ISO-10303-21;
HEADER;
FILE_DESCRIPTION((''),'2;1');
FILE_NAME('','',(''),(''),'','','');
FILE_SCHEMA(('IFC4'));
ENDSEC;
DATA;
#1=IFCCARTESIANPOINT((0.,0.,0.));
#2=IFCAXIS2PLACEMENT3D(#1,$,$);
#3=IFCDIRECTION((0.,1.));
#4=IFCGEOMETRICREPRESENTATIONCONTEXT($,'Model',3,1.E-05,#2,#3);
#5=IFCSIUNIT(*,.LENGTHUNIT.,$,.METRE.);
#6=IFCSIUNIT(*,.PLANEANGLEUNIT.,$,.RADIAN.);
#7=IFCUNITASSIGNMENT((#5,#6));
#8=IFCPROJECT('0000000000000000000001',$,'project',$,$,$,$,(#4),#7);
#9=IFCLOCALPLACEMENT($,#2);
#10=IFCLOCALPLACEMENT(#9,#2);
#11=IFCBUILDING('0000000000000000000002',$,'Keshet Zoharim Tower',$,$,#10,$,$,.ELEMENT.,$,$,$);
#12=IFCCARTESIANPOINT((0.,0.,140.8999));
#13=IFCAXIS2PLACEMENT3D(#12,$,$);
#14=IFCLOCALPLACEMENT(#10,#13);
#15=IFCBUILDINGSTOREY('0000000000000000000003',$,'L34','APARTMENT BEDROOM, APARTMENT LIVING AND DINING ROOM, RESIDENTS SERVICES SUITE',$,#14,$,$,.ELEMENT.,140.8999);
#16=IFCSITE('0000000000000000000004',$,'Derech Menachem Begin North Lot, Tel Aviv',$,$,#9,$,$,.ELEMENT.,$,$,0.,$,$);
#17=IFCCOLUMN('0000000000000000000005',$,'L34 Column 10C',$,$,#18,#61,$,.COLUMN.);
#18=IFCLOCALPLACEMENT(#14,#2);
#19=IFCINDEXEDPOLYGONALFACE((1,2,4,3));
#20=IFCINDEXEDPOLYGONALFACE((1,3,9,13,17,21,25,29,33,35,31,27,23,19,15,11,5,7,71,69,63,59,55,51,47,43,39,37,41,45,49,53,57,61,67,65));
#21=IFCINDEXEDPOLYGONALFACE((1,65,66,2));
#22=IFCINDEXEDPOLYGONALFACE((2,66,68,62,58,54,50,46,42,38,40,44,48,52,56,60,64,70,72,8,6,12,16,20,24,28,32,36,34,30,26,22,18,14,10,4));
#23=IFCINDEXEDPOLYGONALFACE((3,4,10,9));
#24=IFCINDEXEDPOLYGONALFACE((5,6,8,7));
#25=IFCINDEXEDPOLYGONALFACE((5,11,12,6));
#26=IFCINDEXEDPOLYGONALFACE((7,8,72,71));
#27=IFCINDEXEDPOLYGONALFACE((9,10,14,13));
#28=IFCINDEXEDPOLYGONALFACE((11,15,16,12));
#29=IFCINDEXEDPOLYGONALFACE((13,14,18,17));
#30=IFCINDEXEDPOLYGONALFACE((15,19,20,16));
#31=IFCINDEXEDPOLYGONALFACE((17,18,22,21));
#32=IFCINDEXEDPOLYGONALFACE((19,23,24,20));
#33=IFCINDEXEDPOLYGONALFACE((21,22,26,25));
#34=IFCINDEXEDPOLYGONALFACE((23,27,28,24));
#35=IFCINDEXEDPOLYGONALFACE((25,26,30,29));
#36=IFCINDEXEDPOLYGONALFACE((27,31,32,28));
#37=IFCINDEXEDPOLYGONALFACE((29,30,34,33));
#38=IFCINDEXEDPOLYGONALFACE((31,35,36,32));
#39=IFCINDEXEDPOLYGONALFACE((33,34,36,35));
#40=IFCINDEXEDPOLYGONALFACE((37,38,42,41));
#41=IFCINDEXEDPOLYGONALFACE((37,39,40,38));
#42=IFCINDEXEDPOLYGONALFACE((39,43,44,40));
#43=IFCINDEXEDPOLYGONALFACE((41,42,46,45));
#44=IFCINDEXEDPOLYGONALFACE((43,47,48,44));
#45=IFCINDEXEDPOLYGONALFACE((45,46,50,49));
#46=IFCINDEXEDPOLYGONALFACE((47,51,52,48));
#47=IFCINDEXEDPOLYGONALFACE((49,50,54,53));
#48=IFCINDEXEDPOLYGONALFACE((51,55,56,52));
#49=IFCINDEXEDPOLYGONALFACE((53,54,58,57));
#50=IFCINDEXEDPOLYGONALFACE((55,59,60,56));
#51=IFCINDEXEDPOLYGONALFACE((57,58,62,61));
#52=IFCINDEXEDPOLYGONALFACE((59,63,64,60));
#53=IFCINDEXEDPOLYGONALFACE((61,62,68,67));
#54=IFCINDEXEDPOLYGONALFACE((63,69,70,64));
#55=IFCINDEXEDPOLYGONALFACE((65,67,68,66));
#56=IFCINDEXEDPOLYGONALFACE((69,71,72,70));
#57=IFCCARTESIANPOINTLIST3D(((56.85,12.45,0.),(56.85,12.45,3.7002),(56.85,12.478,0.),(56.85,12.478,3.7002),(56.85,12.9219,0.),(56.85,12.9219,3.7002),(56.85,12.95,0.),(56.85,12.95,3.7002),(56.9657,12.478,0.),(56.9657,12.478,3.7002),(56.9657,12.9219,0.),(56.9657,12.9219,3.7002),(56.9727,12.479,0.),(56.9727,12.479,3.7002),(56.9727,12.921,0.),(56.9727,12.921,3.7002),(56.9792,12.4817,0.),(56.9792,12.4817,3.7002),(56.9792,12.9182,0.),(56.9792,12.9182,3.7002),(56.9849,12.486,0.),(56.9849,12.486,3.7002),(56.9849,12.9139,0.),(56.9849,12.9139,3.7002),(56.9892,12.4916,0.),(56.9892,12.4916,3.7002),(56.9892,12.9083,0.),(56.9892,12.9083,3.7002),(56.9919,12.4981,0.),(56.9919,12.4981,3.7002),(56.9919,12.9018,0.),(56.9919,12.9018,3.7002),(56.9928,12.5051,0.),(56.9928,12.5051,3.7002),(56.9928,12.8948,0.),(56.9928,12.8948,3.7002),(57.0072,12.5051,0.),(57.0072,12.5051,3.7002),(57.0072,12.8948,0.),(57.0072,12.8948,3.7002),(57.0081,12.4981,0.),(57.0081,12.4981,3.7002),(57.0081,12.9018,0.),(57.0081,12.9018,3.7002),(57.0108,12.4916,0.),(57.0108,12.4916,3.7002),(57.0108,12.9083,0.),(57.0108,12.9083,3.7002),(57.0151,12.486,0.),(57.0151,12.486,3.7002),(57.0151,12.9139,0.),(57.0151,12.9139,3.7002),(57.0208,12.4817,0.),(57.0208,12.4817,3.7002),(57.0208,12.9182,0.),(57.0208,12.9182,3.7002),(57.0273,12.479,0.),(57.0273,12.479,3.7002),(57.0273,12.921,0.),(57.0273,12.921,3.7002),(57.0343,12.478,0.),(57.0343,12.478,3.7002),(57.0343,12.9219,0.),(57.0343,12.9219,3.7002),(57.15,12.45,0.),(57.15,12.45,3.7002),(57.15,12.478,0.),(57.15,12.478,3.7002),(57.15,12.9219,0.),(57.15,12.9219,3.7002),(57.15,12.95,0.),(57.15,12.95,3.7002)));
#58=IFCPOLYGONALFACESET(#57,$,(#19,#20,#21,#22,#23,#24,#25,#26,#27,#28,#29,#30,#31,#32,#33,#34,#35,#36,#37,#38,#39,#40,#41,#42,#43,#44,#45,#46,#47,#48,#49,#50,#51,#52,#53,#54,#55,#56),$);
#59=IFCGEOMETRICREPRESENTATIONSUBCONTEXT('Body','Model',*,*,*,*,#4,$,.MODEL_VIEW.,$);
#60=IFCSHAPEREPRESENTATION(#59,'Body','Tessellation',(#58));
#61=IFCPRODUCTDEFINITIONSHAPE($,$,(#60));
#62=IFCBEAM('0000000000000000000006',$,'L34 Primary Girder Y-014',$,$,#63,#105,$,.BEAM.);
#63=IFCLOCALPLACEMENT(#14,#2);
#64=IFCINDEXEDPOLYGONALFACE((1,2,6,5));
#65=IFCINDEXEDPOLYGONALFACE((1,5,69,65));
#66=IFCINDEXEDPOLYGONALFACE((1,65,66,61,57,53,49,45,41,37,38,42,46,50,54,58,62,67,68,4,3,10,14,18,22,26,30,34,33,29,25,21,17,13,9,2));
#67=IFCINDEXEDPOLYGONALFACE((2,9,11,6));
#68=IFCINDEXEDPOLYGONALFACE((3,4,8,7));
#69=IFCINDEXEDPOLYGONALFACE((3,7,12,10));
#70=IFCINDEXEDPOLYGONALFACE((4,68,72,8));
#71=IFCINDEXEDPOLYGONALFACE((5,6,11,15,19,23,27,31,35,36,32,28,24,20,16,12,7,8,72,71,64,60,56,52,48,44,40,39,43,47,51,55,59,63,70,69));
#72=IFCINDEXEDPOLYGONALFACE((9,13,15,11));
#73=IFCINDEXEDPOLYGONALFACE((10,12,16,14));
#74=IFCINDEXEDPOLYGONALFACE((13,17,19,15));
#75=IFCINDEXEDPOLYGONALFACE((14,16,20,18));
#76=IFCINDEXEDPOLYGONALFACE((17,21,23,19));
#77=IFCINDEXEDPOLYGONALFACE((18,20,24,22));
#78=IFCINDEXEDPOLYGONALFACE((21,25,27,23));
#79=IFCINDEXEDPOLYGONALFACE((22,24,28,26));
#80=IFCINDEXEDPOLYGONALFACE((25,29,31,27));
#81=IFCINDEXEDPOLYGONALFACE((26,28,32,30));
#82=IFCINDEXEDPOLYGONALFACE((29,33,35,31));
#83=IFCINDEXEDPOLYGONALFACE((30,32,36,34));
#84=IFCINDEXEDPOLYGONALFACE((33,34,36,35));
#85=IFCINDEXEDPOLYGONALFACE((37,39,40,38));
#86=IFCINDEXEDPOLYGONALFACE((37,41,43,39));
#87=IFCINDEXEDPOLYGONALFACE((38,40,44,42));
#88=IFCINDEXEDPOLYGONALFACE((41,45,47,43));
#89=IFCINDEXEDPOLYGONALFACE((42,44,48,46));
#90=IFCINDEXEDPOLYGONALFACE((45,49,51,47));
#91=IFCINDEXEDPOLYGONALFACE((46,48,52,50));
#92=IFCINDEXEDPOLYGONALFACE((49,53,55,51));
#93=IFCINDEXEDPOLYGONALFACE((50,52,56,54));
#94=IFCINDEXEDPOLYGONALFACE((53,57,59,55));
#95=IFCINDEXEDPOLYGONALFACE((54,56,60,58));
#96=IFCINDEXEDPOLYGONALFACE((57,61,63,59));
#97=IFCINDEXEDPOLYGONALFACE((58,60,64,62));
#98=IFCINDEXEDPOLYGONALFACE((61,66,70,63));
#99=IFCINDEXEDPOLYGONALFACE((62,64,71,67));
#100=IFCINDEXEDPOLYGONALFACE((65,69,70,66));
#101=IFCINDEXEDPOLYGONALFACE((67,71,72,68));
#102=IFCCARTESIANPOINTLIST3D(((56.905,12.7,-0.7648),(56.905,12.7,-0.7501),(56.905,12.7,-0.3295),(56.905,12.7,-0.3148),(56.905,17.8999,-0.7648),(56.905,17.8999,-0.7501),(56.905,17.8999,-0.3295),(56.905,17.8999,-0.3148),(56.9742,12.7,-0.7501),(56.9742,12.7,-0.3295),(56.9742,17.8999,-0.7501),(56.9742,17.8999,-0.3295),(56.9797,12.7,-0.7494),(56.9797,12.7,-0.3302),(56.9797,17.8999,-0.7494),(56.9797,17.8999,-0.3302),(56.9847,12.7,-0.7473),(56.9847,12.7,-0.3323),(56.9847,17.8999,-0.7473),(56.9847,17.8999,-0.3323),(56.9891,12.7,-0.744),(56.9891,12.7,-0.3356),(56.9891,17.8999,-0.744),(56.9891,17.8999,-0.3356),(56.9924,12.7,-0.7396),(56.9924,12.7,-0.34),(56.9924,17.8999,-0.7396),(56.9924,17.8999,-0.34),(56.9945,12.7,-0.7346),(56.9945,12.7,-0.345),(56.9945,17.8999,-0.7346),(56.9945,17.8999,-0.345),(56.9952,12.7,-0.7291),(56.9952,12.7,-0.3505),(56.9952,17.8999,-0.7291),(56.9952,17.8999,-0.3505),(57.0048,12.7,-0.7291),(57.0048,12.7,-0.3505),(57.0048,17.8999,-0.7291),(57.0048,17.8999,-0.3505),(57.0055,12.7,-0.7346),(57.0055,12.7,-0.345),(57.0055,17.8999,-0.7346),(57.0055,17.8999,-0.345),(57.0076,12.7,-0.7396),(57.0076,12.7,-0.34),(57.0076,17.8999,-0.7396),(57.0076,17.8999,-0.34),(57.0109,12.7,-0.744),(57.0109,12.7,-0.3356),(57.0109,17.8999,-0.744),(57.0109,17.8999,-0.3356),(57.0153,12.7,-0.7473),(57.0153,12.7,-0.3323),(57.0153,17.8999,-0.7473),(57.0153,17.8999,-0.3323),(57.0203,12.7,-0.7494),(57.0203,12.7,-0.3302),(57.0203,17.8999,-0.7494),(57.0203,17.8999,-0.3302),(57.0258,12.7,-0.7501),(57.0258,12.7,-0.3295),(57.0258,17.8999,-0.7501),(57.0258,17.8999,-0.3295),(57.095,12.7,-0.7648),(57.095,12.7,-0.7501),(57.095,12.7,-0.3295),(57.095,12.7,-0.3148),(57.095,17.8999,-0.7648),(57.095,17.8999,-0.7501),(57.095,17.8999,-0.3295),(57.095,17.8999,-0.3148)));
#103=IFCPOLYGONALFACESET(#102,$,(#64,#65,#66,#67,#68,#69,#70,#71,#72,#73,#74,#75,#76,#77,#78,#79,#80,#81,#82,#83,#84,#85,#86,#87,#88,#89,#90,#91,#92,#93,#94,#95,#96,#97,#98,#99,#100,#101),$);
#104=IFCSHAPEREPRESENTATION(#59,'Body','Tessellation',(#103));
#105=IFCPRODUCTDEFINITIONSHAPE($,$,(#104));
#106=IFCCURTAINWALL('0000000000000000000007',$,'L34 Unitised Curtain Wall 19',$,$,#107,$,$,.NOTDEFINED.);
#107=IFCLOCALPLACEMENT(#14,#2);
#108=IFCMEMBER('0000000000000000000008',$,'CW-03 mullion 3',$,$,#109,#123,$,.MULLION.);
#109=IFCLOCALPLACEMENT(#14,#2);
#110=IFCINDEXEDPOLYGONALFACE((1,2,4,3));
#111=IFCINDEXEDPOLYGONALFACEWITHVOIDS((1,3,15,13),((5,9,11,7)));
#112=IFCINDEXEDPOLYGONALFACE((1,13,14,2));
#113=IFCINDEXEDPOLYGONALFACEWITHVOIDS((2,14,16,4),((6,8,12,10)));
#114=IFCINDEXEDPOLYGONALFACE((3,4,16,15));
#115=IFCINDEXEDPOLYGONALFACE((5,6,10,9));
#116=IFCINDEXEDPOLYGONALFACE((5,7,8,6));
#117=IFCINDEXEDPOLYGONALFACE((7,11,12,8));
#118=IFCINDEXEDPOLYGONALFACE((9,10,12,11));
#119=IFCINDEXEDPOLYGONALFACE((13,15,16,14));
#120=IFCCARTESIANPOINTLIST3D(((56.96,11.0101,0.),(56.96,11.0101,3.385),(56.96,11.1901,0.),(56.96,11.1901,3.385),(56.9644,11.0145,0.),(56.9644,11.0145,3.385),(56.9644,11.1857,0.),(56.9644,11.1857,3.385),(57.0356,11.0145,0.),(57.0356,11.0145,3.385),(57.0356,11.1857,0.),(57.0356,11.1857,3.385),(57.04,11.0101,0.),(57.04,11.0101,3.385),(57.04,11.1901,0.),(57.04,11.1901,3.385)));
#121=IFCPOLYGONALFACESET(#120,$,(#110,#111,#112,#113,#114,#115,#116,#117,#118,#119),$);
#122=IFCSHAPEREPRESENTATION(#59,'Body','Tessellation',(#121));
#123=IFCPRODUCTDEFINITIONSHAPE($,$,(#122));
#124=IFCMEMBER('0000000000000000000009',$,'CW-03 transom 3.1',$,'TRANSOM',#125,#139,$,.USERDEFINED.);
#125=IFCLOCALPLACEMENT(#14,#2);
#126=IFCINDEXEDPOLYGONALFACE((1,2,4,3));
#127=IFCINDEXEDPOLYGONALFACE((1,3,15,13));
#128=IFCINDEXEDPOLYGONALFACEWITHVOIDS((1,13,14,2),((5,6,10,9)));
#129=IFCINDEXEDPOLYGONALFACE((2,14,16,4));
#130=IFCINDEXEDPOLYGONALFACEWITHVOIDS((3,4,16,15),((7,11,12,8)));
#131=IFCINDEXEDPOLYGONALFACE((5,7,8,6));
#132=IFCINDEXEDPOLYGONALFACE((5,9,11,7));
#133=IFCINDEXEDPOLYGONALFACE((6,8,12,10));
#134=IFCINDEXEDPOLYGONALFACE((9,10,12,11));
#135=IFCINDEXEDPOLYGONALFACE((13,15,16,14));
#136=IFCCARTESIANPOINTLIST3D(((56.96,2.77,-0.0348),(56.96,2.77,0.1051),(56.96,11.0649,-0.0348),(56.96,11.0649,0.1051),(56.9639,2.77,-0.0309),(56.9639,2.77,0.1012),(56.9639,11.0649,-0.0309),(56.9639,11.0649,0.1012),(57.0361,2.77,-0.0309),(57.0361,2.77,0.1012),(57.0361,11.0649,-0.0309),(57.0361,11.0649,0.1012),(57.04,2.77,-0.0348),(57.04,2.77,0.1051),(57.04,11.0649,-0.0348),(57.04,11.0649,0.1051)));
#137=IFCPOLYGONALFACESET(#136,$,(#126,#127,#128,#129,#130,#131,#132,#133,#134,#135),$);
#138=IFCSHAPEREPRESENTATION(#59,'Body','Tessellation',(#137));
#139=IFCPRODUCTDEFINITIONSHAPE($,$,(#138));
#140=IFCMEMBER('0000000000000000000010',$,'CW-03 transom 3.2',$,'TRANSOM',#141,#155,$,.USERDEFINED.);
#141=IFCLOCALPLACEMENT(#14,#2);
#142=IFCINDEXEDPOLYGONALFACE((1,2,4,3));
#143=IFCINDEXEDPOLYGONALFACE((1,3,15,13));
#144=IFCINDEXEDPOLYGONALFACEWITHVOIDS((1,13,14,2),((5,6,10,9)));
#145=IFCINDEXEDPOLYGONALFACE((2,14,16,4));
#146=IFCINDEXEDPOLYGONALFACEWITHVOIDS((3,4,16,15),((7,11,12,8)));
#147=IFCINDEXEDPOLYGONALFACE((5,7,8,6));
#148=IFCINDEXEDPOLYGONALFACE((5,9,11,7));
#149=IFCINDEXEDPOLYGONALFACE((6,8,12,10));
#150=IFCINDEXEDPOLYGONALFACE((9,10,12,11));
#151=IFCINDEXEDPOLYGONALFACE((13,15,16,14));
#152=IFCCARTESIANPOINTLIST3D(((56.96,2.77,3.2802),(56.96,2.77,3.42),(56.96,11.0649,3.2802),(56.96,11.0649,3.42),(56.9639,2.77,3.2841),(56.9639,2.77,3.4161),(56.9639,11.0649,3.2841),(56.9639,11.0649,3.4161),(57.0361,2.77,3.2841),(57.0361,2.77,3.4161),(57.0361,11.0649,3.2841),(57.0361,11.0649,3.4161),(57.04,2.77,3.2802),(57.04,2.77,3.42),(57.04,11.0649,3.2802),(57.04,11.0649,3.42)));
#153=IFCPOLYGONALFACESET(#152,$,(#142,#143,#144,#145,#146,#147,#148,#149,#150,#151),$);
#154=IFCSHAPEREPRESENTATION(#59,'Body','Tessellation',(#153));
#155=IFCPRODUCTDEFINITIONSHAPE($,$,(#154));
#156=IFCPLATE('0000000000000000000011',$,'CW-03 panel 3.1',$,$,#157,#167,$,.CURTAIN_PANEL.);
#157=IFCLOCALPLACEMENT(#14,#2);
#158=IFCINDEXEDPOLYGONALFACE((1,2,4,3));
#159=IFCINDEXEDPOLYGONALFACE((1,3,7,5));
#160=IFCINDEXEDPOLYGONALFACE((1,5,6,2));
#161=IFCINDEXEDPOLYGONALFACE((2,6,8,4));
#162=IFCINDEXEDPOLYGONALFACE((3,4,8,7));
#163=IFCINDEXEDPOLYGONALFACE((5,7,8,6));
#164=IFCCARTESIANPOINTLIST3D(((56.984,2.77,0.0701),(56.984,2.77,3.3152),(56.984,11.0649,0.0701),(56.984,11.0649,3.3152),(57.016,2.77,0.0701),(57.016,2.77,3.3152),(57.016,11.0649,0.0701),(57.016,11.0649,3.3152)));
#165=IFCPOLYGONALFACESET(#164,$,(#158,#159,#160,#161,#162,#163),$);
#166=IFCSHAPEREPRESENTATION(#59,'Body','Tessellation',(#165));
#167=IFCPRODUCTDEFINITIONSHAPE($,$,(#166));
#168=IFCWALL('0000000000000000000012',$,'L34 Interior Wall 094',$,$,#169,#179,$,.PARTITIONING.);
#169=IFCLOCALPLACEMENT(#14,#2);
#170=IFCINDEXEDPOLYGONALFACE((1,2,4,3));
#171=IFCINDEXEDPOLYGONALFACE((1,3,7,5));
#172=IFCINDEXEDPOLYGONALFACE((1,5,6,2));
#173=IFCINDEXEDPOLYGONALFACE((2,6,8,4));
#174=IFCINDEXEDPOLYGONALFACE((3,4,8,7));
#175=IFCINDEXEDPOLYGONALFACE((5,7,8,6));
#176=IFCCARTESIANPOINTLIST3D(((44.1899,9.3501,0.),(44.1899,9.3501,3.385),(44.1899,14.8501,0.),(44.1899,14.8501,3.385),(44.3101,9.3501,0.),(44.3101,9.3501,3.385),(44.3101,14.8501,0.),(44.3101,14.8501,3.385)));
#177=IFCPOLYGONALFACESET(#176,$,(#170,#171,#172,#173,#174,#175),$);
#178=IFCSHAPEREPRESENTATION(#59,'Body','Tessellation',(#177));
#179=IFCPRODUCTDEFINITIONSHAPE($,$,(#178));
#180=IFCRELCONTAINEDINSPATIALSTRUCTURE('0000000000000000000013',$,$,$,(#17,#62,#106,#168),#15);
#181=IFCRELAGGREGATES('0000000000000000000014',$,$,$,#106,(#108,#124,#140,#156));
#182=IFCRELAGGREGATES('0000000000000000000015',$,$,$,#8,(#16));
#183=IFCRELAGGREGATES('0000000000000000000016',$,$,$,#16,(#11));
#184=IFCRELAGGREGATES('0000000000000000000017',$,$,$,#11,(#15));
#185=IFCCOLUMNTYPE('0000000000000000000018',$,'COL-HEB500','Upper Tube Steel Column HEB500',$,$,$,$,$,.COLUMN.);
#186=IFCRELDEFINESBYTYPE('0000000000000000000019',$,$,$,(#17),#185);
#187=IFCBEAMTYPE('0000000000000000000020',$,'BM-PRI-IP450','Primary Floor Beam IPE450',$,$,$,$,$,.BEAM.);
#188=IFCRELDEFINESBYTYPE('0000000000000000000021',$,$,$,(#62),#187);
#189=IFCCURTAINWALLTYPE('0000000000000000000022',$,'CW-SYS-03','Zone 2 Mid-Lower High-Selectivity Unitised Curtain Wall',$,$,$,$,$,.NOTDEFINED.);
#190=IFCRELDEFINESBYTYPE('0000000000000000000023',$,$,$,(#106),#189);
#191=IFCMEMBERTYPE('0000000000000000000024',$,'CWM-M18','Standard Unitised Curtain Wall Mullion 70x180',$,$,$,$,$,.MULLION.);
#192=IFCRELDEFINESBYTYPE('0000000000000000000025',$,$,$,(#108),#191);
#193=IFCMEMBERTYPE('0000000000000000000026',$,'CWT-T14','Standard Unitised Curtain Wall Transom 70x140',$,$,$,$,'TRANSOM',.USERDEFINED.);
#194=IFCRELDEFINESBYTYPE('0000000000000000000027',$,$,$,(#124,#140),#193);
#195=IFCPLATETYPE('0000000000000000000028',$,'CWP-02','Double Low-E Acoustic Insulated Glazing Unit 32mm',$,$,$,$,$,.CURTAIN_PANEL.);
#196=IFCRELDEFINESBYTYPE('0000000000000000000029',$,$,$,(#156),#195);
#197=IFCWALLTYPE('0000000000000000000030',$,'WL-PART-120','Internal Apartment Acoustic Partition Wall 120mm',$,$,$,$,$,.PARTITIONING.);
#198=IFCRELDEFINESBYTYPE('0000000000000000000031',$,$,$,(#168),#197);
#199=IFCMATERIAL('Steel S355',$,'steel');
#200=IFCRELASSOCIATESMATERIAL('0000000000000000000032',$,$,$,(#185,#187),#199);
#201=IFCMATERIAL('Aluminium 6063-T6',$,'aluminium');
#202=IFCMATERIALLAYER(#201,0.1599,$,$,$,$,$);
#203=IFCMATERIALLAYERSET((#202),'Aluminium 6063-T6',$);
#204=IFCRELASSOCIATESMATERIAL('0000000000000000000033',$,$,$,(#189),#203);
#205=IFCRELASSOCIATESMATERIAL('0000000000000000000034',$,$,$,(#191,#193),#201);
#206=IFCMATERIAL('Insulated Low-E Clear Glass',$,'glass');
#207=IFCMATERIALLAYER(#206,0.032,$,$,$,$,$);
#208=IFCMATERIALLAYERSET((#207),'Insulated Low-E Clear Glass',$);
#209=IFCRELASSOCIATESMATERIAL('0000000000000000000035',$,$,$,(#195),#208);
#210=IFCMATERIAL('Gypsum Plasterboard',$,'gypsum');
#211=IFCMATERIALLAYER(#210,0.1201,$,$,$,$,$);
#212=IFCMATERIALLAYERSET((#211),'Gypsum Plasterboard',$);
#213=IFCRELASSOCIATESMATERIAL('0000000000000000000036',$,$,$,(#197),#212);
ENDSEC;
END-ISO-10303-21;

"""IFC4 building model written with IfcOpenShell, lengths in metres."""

from ifc_helpers import new_model, si_unit, direction, frame, frame_2d, origin, origin_2d, place, context, subcontext, project, spatial, rectangle, hollow_rectangle, i_section, extrude, material, layer, layer_set, material_profile, profile_set, type_object, element, aggregate, save


model = new_model("IFC4")

# Units and contexts
model_context = context("Model", 3, precision=1e-05, world=origin(), true_north=direction((0.0, 1.0)))
body_context = subcontext(model_context, "Body", "Model", "MODEL_VIEW")
ifc_project = project(units=[si_unit("LENGTHUNIT", "METRE"), si_unit("PLANEANGLEUNIT", "RADIAN")], contexts=[model_context])

# Site, building, storey
site_placement = place(None, origin())
site = spatial("IfcSite", under=ifc_project, at=site_placement, Name="Derech Menachem Begin North Lot, Tel Aviv", CompositionType="ELEMENT", RefElevation=0.0)
building_placement = place(site_placement, origin())
building = spatial("IfcBuilding", under=site, at=building_placement, Name="Keshet Zoharim Tower", CompositionType="ELEMENT")
storey_placement = place(building_placement, frame((0.0, 0.0, 140.8999)))
storey = spatial("IfcBuildingStorey", under=building, at=storey_placement, Name="L34", Description="APARTMENT BEDROOM, APARTMENT LIVING AND DINING ROOM, RESIDENTS SERVICES SUITE", CompositionType="ELEMENT", Elevation=140.8999)

# Column
ifc_material_1 = material(Name="Steel S355", Category="steel")
ifc_material_profile_1 = material_profile(ifc_material_1, i_section(OverallWidth=0.3, OverallDepth=0.5, WebThickness=0.0144, FlangeThickness=0.0281, FilletRadius=0.0271, at=origin_2d()), Name="HEB500")
ifc_profile_set_1 = profile_set([ifc_material_profile_1], Name="Steel S355")
column_type = type_object("IfcColumnType", Name="COL-HEB500", Description="Upper Tube Steel Column HEB500", PredefinedType="COLUMN", material=ifc_profile_set_1)
column_placement = place(storey_placement, frame((57.0, 12.7, 0.0), z_axis=(0.0, 0.0, 1.0), x_axis=(1.0, 0.0, 0.0)))
element("IfcColumn", 1, at=column_placement, inside=storey, type_object=column_type, Name="L34 Column 10C", PredefinedType="COLUMN", context=body_context, shape_type="SweptSolid", body=[
    extrude(i_section(OverallWidth=0.3, OverallDepth=0.5, WebThickness=0.0144, FlangeThickness=0.0281, FilletRadius=0.0271, at=origin_2d()), origin(), (0.0, 0.0, 1.0), 3.7002),
])

# Beam
ifc_material_profile_2 = material_profile(ifc_material_1, i_section(OverallWidth=0.1899, OverallDepth=0.45, WebThickness=0.0095, FlangeThickness=0.0146, FilletRadius=0.021, at=origin_2d()), Name="IPE450")
ifc_profile_set_2 = profile_set([ifc_material_profile_2], Name="Steel S355")
beam_type = type_object("IfcBeamType", Name="BM-PRI-IP450", Description="Primary Floor Beam IPE450", PredefinedType="BEAM", material=ifc_profile_set_2)
beam_placement = place(storey_placement, frame((57.0, 12.7, -0.5398), z_axis=(0.0, 1.0, 0.0), x_axis=(-1.0, 0.0, 0.0)))
element("IfcBeam", 2, at=beam_placement, inside=storey, type_object=beam_type, Name="L34 Primary Girder Y-014", PredefinedType="BEAM", context=body_context, shape_type="SweptSolid", body=[
    extrude(i_section(OverallWidth=0.1899, OverallDepth=0.45, WebThickness=0.0095, FlangeThickness=0.0146, FilletRadius=0.021, at=origin_2d()), origin(), (0.0, 0.0, 1.0), 5.2),
])

# Curtain wall, members, plate
ifc_material_2 = material(Name="Aluminium 6063-T6", Category="aluminium")
ifc_layer_1 = layer(ifc_material_2, 0.1599)
ifc_layer_set_1 = layer_set([ifc_layer_1], Name="Aluminium 6063-T6")
curtain_wall_type = type_object("IfcCurtainWallType", Name="CW-SYS-03", Description="Zone 2 Mid-Lower High-Selectivity Unitised Curtain Wall", PredefinedType="NOTDEFINED", material=ifc_layer_set_1)
curtain_wall_placement = place(storey_placement, origin())
curtain_wall = element("IfcCurtainWall", 3, at=curtain_wall_placement, inside=storey, type_object=curtain_wall_type, Name="L34 Unitised Curtain Wall 19", PredefinedType="NOTDEFINED")
ifc_material_profile_3 = material_profile(ifc_material_2, hollow_rectangle(XDim=0.0801, YDim=0.1799, WallThickness=0.0044, at=origin_2d()), Name="MUL-80x180")
ifc_profile_set_3 = profile_set([ifc_material_profile_3], Name="Aluminium 6063-T6")
member_type_1 = type_object("IfcMemberType", Name="CWM-M18", Description="Standard Unitised Curtain Wall Mullion 70x180", PredefinedType="MULLION", material=ifc_profile_set_3)
member_1_placement = place(storey_placement, frame((57.0, 11.1001, 0.0), z_axis=(0.0, 0.0, 1.0), x_axis=(1.0, 0.0, 0.0)))
member_1 = element("IfcMember", 4, at=member_1_placement, type_object=member_type_1, Name="CW-03 mullion 3", PredefinedType="MULLION", context=body_context, shape_type="SweptSolid", body=[
    extrude(hollow_rectangle(XDim=0.0801, YDim=0.1799, WallThickness=0.0044, at=origin_2d()), origin(), (0.0, 0.0, 1.0), 3.385),
])
ifc_material_profile_4 = material_profile(ifc_material_2, hollow_rectangle(XDim=0.0801, YDim=0.1399, WallThickness=0.0039, at=origin_2d()), Name="TRN-80x140")
ifc_profile_set_4 = profile_set([ifc_material_profile_4], Name="Aluminium 6063-T6")
member_type_2 = type_object("IfcMemberType", Name="CWT-T14", Description="Standard Unitised Curtain Wall Transom 70x140", ElementType="TRANSOM", PredefinedType="USERDEFINED", material=ifc_profile_set_4)
member_2_placement = place(storey_placement, frame((57.0, 11.0649, 0.0352), z_axis=(0.0, -1.0, 0.0), x_axis=(1.0, 0.0, 0.0)))
member_2 = element("IfcMember", 5, at=member_2_placement, type_object=member_type_2, Name="CW-03 transom 3.1", ObjectType="TRANSOM", PredefinedType="USERDEFINED", context=body_context, shape_type="SweptSolid", body=[
    extrude(hollow_rectangle(XDim=0.0801, YDim=0.1399, WallThickness=0.0039, at=origin_2d()), origin(), (0.0, 0.0, 1.0), 8.2949),
])
member_3_placement = place(storey_placement, frame((57.0, 11.0649, 3.3501), z_axis=(0.0, -1.0, 0.0), x_axis=(1.0, 0.0, 0.0)))
member_3 = element("IfcMember", 6, at=member_3_placement, type_object=member_type_2, Name="CW-03 transom 3.2", ObjectType="TRANSOM", PredefinedType="USERDEFINED", context=body_context, shape_type="SweptSolid", body=[
    extrude(hollow_rectangle(XDim=0.0801, YDim=0.1399, WallThickness=0.0039, at=origin_2d()), origin(), (0.0, 0.0, 1.0), 8.2949),
])
ifc_material_3 = material(Name="Insulated Low-E Clear Glass", Category="glass")
ifc_layer_2 = layer(ifc_material_3, 0.032)
ifc_layer_set_2 = layer_set([ifc_layer_2], Name="Insulated Low-E Clear Glass")
plate_type = type_object("IfcPlateType", Name="CWP-02", Description="Double Low-E Acoustic Insulated Glazing Unit 32mm", PredefinedType="CURTAIN_PANEL", material=ifc_layer_set_2)
plate_placement = place(storey_placement, frame((57.0, 6.9175, 0.0701), z_axis=(0.0, 0.0, 1.0), x_axis=(0.0, -1.0, 0.0)))
plate = element("IfcPlate", 7, at=plate_placement, type_object=plate_type, Name="CW-03 panel 3.1", PredefinedType="CURTAIN_PANEL", context=body_context, shape_type="SweptSolid", body=[
    extrude(rectangle(XDim=8.2949, YDim=0.032, at=origin_2d()), origin(), (0.0, 0.0, 1.0), 3.2451),
])
aggregate(curtain_wall, [member_1, member_2, member_3, plate])

# Wall
ifc_material_4 = material(Name="Gypsum Plasterboard", Category="gypsum")
ifc_layer_3 = layer(ifc_material_4, 0.1201)
ifc_layer_set_3 = layer_set([ifc_layer_3], Name="Gypsum Plasterboard")
wall_type_1 = type_object("IfcWallType", Name="WL-PART-120", Description="Internal Apartment Acoustic Partition Wall 120mm", PredefinedType="PARTITIONING", material=ifc_layer_set_3)
wall_1_placement = place(storey_placement, frame((44.25, 9.3501, 0.0), z_axis=(0.0, 0.0, 1.0), x_axis=(0.0, 1.0, 0.0)))
element("IfcWall", 8, at=wall_1_placement, inside=storey, type_object=wall_type_1, Name="L34 Interior Wall 094", PredefinedType="PARTITIONING", context=body_context, shape_type="SweptSolid", body=[
    extrude(rectangle(XDim=5.5, YDim=0.1201, at=frame_2d((2.75, 0.0))), origin(), (0.0, 0.0, 1.0), 3.385),
])

save(model, "model.ifc")
